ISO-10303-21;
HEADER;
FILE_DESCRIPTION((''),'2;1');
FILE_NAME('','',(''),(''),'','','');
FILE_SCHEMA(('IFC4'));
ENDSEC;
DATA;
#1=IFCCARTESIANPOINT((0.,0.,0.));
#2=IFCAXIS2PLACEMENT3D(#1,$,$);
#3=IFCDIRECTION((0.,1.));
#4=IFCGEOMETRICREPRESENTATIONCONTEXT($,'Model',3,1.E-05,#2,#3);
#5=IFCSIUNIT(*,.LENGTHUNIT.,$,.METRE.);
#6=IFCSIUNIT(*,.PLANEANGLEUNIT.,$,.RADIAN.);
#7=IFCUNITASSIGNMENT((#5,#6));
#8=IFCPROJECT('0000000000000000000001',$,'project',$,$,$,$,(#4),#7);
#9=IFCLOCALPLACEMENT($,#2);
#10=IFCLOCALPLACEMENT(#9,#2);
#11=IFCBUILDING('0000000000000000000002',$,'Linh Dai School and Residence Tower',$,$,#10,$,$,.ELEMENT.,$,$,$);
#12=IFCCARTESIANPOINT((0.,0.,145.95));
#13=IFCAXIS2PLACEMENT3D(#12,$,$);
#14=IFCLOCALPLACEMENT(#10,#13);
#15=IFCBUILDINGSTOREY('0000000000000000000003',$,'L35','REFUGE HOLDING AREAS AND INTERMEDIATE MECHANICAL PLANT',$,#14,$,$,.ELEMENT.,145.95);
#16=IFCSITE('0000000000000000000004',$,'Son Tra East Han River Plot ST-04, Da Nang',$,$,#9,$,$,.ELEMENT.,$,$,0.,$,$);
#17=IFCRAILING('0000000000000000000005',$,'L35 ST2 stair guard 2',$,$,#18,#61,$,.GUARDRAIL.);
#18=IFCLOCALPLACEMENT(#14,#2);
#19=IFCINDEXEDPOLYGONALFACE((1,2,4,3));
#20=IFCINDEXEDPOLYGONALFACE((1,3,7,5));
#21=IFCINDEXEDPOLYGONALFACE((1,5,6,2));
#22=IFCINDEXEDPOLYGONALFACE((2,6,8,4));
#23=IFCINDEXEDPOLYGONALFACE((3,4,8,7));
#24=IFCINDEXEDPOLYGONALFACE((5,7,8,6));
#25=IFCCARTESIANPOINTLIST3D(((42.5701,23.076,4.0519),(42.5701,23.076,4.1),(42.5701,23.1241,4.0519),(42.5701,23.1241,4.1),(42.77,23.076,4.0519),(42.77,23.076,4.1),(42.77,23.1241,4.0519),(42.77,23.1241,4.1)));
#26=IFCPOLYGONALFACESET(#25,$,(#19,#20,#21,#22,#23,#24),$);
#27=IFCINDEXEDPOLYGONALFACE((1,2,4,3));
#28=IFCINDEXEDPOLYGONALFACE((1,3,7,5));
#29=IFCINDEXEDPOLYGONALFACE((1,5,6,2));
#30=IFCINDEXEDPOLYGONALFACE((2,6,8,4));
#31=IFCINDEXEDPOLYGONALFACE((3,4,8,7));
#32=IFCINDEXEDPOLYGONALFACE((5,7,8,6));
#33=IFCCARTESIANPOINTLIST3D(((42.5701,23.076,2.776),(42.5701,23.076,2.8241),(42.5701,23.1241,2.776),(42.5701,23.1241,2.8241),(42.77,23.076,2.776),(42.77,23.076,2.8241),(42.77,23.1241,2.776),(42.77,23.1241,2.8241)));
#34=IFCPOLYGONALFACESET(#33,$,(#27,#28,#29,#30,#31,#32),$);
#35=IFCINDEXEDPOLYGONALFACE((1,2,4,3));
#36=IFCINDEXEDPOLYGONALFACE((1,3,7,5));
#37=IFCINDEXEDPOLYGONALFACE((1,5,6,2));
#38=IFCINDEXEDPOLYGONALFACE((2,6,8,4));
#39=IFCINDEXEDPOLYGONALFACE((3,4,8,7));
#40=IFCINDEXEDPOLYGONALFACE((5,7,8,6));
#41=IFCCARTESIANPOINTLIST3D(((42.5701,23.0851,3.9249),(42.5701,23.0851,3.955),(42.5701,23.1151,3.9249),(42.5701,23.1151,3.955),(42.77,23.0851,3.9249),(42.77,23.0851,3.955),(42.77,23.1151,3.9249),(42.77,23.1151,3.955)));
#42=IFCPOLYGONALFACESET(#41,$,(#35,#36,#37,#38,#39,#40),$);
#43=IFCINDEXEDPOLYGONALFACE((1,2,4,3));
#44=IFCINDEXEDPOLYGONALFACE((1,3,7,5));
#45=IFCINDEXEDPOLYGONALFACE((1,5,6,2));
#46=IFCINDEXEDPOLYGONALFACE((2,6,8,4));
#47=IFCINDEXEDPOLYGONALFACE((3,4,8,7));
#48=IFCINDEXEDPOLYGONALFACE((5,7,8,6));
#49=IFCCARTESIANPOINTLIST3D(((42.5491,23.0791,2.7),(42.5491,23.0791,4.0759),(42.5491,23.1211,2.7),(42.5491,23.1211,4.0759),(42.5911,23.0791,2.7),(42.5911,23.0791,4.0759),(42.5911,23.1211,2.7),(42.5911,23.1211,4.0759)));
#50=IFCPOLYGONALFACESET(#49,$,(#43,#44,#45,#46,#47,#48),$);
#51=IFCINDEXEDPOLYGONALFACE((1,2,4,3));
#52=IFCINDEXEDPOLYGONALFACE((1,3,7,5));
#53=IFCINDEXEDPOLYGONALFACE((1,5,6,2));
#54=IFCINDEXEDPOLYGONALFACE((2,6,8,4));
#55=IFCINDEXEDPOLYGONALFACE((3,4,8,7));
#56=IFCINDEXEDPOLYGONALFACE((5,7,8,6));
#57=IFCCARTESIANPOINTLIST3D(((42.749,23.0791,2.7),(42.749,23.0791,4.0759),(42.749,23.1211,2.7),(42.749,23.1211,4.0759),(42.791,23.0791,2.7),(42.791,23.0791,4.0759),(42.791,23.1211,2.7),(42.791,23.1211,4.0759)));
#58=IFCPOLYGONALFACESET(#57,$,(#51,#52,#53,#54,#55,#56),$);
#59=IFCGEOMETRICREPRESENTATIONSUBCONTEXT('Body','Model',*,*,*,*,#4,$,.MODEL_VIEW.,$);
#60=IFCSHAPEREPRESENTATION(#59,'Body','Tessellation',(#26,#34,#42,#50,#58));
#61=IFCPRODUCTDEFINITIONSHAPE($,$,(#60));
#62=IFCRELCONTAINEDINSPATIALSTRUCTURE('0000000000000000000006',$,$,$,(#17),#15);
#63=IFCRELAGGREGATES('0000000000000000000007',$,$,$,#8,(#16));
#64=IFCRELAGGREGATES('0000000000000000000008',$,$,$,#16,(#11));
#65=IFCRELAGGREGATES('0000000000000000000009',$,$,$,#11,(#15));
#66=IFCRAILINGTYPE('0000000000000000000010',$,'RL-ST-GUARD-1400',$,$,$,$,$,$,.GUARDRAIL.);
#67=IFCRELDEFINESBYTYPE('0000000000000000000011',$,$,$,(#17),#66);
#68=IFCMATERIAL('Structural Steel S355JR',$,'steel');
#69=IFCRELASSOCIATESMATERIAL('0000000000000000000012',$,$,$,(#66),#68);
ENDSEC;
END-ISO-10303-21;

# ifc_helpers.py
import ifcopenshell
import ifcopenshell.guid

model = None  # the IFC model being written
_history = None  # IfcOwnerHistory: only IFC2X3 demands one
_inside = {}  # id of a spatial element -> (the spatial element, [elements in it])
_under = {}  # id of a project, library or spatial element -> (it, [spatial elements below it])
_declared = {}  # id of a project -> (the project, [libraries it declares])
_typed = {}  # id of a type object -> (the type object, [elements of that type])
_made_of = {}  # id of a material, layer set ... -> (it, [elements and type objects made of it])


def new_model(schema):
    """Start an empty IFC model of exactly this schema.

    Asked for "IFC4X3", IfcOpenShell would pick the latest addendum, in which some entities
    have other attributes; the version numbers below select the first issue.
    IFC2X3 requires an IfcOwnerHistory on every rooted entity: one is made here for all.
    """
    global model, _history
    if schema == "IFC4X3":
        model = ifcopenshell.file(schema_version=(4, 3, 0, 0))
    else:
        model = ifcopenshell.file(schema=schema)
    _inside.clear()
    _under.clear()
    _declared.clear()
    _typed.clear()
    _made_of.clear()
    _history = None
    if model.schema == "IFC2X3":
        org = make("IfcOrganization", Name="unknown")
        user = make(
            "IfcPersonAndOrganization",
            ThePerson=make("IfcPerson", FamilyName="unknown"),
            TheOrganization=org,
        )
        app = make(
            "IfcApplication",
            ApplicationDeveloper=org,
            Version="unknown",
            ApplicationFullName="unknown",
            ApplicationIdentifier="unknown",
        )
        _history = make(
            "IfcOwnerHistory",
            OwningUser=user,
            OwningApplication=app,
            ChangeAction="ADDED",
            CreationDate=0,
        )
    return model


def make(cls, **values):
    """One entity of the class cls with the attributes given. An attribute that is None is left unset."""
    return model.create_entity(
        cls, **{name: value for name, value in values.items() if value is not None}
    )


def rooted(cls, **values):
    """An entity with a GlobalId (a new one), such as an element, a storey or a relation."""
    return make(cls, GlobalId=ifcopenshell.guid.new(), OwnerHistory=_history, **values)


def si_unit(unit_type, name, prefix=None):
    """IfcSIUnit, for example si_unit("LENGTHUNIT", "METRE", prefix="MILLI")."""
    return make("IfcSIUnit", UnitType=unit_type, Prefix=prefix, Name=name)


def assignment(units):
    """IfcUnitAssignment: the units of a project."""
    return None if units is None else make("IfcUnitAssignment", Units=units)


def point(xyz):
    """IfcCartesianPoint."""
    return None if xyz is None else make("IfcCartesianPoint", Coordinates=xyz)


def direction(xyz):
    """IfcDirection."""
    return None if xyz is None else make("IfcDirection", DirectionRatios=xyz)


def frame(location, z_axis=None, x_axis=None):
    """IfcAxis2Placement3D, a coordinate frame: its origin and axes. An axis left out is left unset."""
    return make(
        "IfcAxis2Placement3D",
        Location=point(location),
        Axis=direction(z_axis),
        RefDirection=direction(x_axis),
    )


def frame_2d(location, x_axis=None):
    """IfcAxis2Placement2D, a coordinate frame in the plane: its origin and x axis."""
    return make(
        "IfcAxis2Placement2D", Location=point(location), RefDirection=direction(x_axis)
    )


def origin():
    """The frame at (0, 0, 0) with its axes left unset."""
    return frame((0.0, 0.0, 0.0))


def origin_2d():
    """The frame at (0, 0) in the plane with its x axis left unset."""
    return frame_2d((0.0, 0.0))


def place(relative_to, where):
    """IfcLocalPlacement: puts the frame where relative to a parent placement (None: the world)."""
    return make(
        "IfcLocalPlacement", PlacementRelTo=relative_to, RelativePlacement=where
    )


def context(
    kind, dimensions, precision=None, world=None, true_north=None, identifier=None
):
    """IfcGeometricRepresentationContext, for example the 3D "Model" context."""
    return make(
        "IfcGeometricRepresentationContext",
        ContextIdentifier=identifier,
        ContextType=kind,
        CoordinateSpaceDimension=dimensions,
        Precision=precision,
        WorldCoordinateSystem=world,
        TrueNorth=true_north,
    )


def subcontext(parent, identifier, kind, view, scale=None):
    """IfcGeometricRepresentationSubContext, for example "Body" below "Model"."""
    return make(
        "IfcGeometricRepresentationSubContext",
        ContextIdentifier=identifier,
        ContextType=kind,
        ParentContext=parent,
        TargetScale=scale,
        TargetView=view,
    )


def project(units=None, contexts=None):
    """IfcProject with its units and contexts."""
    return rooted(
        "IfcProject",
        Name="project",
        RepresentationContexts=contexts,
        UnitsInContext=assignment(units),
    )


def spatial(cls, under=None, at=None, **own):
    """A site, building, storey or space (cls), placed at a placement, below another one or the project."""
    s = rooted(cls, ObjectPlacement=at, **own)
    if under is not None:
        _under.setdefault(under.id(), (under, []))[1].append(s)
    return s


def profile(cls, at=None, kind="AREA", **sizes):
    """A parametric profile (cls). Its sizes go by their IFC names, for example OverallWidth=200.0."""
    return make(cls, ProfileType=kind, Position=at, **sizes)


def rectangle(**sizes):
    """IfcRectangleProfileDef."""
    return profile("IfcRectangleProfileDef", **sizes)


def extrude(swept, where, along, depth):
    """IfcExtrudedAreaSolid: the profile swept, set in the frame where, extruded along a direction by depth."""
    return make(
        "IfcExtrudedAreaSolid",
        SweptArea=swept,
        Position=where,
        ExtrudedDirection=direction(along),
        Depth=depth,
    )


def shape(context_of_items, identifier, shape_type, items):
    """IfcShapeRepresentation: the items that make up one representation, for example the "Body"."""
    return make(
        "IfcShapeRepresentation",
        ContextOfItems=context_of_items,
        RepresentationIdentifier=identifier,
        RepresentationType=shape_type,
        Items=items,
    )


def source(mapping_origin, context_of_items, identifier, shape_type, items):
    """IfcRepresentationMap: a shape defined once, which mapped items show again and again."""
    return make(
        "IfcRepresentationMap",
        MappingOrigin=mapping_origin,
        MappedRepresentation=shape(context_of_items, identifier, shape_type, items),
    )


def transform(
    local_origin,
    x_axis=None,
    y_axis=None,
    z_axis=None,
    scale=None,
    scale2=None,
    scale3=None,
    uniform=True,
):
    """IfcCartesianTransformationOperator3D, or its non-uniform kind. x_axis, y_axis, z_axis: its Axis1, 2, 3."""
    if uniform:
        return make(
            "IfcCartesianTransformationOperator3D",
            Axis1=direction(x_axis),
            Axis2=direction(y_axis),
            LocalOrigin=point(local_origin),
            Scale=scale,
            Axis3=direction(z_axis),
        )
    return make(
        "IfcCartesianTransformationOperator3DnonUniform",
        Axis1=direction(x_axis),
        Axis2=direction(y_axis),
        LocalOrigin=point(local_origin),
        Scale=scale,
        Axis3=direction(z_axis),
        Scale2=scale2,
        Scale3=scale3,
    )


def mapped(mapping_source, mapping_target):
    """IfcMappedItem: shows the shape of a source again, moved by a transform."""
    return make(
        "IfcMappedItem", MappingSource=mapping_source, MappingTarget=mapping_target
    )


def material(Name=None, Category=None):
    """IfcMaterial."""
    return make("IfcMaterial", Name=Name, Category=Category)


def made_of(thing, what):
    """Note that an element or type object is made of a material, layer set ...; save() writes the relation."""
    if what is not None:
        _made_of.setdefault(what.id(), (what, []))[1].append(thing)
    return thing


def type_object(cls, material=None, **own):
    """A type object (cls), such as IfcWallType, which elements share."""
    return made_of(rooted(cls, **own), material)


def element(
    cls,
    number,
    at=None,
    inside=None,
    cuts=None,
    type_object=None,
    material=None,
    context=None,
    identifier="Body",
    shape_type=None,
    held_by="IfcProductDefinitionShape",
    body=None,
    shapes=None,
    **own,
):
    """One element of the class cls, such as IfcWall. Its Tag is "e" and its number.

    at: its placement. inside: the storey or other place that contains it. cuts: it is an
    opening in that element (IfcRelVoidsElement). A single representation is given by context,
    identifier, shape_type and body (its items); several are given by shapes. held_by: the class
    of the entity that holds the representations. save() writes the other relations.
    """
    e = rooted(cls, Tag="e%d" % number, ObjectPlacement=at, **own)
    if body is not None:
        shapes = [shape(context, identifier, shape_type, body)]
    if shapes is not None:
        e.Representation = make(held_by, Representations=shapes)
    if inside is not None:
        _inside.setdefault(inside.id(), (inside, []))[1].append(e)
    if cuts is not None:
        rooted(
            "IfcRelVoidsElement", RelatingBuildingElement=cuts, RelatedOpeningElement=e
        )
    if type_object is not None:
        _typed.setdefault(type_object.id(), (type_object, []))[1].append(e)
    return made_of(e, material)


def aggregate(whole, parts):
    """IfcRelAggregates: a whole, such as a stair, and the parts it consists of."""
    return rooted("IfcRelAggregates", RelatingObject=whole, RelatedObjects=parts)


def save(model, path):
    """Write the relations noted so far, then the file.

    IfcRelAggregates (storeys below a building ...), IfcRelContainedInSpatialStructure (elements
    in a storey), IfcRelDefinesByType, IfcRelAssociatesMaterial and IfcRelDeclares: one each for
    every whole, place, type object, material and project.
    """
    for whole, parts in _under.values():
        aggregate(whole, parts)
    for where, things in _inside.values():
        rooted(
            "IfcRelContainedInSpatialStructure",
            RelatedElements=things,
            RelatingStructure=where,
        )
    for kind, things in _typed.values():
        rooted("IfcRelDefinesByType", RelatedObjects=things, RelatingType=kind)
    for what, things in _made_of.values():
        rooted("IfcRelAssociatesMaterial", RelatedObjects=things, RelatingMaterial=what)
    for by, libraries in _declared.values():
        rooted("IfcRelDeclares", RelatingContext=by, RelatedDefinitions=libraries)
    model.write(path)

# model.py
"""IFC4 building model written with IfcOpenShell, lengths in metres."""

from ifc_helpers import new_model, si_unit, direction, frame, origin, origin_2d, place, context, subcontext, project, spatial, rectangle, extrude, source, transform, mapped, material, type_object, element, save


model = new_model("IFC4")

# Units and contexts
model_context = context("Model", 3, precision=1e-05, world=origin(), true_north=direction((0.0, 1.0)))
body_context = subcontext(model_context, "Body", "Model", "MODEL_VIEW")
ifc_project = project(units=[si_unit("LENGTHUNIT", "METRE"), si_unit("PLANEANGLEUNIT", "RADIAN")], contexts=[model_context])

# Site, building, storey
site_placement = place(None, origin())
site = spatial("IfcSite", under=ifc_project, at=site_placement, Name="Son Tra East Han River Plot ST-04, Da Nang", CompositionType="ELEMENT", RefElevation=0.0)
building_placement = place(site_placement, origin())
building = spatial("IfcBuilding", under=site, at=building_placement, Name="Linh Dai School and Residence Tower", CompositionType="ELEMENT")
storey_placement = place(building_placement, frame((0.0, 0.0, 145.95)))
storey = spatial("IfcBuildingStorey", under=building, at=storey_placement, Name="L35", Description="REFUGE HOLDING AREAS AND INTERMEDIATE MECHANICAL PLANT", CompositionType="ELEMENT", Elevation=145.95)

# Shared definitions
ifc_material_1 = material(Name="Structural Steel S355JR", Category="steel")

# Railing
railing_type = type_object("IfcRailingType", Name="RL-ST-GUARD-1400", PredefinedType="GUARDRAIL", material=ifc_material_1)
shared_shape_1 = source(origin(), body_context, "Body", "SweptSolid", [
    extrude(rectangle(XDim=0.0481, YDim=0.0481, at=origin_2d()), frame((0.0, 0.0, 1.376), z_axis=(1.0, 0.0, 0.0), x_axis=(0.0, 1.0, 0.0)), (0.0, 0.0, 1.0), 0.2),
    extrude(rectangle(XDim=0.0481, YDim=0.0481, at=origin_2d()), frame((0.0, 0.0, 0.1001), z_axis=(1.0, 0.0, 0.0), x_axis=(0.0, 1.0, 0.0)), (0.0, 0.0, 1.0), 0.2),
    extrude(rectangle(XDim=0.03, YDim=0.03, at=origin_2d()), frame((0.0, 0.0, 1.24), z_axis=(1.0, 0.0, 0.0), x_axis=(0.0, 1.0, 0.0)), (0.0, 0.0, 1.0), 0.2),
    extrude(rectangle(XDim=0.042, YDim=0.042, at=origin_2d()), origin(), (0.0, 0.0, 1.0), 1.376),
    extrude(rectangle(XDim=0.042, YDim=0.042, at=origin_2d()), frame((0.2, 0.0, 0.0)), (0.0, 0.0, 1.0), 1.376),
])
railing_1_placement = place(storey_placement, frame((42.5701, 23.1001, 2.7)))
element("IfcRailing", 1, at=railing_1_placement, inside=storey, type_object=railing_type, Name="L35 ST2 stair guard 2", PredefinedType="GUARDRAIL", context=body_context, shape_type="MappedRepresentation", body=[
    mapped(shared_shape_1, transform((0.0, 0.0, 0.0), x_axis=(1.0, 0.0, 0.0), y_axis=(0.0, 1.0, 0.0), z_axis=(0.0, 0.0, 1.0), scale=1.0)),
])

save(model, "model.ifc")
